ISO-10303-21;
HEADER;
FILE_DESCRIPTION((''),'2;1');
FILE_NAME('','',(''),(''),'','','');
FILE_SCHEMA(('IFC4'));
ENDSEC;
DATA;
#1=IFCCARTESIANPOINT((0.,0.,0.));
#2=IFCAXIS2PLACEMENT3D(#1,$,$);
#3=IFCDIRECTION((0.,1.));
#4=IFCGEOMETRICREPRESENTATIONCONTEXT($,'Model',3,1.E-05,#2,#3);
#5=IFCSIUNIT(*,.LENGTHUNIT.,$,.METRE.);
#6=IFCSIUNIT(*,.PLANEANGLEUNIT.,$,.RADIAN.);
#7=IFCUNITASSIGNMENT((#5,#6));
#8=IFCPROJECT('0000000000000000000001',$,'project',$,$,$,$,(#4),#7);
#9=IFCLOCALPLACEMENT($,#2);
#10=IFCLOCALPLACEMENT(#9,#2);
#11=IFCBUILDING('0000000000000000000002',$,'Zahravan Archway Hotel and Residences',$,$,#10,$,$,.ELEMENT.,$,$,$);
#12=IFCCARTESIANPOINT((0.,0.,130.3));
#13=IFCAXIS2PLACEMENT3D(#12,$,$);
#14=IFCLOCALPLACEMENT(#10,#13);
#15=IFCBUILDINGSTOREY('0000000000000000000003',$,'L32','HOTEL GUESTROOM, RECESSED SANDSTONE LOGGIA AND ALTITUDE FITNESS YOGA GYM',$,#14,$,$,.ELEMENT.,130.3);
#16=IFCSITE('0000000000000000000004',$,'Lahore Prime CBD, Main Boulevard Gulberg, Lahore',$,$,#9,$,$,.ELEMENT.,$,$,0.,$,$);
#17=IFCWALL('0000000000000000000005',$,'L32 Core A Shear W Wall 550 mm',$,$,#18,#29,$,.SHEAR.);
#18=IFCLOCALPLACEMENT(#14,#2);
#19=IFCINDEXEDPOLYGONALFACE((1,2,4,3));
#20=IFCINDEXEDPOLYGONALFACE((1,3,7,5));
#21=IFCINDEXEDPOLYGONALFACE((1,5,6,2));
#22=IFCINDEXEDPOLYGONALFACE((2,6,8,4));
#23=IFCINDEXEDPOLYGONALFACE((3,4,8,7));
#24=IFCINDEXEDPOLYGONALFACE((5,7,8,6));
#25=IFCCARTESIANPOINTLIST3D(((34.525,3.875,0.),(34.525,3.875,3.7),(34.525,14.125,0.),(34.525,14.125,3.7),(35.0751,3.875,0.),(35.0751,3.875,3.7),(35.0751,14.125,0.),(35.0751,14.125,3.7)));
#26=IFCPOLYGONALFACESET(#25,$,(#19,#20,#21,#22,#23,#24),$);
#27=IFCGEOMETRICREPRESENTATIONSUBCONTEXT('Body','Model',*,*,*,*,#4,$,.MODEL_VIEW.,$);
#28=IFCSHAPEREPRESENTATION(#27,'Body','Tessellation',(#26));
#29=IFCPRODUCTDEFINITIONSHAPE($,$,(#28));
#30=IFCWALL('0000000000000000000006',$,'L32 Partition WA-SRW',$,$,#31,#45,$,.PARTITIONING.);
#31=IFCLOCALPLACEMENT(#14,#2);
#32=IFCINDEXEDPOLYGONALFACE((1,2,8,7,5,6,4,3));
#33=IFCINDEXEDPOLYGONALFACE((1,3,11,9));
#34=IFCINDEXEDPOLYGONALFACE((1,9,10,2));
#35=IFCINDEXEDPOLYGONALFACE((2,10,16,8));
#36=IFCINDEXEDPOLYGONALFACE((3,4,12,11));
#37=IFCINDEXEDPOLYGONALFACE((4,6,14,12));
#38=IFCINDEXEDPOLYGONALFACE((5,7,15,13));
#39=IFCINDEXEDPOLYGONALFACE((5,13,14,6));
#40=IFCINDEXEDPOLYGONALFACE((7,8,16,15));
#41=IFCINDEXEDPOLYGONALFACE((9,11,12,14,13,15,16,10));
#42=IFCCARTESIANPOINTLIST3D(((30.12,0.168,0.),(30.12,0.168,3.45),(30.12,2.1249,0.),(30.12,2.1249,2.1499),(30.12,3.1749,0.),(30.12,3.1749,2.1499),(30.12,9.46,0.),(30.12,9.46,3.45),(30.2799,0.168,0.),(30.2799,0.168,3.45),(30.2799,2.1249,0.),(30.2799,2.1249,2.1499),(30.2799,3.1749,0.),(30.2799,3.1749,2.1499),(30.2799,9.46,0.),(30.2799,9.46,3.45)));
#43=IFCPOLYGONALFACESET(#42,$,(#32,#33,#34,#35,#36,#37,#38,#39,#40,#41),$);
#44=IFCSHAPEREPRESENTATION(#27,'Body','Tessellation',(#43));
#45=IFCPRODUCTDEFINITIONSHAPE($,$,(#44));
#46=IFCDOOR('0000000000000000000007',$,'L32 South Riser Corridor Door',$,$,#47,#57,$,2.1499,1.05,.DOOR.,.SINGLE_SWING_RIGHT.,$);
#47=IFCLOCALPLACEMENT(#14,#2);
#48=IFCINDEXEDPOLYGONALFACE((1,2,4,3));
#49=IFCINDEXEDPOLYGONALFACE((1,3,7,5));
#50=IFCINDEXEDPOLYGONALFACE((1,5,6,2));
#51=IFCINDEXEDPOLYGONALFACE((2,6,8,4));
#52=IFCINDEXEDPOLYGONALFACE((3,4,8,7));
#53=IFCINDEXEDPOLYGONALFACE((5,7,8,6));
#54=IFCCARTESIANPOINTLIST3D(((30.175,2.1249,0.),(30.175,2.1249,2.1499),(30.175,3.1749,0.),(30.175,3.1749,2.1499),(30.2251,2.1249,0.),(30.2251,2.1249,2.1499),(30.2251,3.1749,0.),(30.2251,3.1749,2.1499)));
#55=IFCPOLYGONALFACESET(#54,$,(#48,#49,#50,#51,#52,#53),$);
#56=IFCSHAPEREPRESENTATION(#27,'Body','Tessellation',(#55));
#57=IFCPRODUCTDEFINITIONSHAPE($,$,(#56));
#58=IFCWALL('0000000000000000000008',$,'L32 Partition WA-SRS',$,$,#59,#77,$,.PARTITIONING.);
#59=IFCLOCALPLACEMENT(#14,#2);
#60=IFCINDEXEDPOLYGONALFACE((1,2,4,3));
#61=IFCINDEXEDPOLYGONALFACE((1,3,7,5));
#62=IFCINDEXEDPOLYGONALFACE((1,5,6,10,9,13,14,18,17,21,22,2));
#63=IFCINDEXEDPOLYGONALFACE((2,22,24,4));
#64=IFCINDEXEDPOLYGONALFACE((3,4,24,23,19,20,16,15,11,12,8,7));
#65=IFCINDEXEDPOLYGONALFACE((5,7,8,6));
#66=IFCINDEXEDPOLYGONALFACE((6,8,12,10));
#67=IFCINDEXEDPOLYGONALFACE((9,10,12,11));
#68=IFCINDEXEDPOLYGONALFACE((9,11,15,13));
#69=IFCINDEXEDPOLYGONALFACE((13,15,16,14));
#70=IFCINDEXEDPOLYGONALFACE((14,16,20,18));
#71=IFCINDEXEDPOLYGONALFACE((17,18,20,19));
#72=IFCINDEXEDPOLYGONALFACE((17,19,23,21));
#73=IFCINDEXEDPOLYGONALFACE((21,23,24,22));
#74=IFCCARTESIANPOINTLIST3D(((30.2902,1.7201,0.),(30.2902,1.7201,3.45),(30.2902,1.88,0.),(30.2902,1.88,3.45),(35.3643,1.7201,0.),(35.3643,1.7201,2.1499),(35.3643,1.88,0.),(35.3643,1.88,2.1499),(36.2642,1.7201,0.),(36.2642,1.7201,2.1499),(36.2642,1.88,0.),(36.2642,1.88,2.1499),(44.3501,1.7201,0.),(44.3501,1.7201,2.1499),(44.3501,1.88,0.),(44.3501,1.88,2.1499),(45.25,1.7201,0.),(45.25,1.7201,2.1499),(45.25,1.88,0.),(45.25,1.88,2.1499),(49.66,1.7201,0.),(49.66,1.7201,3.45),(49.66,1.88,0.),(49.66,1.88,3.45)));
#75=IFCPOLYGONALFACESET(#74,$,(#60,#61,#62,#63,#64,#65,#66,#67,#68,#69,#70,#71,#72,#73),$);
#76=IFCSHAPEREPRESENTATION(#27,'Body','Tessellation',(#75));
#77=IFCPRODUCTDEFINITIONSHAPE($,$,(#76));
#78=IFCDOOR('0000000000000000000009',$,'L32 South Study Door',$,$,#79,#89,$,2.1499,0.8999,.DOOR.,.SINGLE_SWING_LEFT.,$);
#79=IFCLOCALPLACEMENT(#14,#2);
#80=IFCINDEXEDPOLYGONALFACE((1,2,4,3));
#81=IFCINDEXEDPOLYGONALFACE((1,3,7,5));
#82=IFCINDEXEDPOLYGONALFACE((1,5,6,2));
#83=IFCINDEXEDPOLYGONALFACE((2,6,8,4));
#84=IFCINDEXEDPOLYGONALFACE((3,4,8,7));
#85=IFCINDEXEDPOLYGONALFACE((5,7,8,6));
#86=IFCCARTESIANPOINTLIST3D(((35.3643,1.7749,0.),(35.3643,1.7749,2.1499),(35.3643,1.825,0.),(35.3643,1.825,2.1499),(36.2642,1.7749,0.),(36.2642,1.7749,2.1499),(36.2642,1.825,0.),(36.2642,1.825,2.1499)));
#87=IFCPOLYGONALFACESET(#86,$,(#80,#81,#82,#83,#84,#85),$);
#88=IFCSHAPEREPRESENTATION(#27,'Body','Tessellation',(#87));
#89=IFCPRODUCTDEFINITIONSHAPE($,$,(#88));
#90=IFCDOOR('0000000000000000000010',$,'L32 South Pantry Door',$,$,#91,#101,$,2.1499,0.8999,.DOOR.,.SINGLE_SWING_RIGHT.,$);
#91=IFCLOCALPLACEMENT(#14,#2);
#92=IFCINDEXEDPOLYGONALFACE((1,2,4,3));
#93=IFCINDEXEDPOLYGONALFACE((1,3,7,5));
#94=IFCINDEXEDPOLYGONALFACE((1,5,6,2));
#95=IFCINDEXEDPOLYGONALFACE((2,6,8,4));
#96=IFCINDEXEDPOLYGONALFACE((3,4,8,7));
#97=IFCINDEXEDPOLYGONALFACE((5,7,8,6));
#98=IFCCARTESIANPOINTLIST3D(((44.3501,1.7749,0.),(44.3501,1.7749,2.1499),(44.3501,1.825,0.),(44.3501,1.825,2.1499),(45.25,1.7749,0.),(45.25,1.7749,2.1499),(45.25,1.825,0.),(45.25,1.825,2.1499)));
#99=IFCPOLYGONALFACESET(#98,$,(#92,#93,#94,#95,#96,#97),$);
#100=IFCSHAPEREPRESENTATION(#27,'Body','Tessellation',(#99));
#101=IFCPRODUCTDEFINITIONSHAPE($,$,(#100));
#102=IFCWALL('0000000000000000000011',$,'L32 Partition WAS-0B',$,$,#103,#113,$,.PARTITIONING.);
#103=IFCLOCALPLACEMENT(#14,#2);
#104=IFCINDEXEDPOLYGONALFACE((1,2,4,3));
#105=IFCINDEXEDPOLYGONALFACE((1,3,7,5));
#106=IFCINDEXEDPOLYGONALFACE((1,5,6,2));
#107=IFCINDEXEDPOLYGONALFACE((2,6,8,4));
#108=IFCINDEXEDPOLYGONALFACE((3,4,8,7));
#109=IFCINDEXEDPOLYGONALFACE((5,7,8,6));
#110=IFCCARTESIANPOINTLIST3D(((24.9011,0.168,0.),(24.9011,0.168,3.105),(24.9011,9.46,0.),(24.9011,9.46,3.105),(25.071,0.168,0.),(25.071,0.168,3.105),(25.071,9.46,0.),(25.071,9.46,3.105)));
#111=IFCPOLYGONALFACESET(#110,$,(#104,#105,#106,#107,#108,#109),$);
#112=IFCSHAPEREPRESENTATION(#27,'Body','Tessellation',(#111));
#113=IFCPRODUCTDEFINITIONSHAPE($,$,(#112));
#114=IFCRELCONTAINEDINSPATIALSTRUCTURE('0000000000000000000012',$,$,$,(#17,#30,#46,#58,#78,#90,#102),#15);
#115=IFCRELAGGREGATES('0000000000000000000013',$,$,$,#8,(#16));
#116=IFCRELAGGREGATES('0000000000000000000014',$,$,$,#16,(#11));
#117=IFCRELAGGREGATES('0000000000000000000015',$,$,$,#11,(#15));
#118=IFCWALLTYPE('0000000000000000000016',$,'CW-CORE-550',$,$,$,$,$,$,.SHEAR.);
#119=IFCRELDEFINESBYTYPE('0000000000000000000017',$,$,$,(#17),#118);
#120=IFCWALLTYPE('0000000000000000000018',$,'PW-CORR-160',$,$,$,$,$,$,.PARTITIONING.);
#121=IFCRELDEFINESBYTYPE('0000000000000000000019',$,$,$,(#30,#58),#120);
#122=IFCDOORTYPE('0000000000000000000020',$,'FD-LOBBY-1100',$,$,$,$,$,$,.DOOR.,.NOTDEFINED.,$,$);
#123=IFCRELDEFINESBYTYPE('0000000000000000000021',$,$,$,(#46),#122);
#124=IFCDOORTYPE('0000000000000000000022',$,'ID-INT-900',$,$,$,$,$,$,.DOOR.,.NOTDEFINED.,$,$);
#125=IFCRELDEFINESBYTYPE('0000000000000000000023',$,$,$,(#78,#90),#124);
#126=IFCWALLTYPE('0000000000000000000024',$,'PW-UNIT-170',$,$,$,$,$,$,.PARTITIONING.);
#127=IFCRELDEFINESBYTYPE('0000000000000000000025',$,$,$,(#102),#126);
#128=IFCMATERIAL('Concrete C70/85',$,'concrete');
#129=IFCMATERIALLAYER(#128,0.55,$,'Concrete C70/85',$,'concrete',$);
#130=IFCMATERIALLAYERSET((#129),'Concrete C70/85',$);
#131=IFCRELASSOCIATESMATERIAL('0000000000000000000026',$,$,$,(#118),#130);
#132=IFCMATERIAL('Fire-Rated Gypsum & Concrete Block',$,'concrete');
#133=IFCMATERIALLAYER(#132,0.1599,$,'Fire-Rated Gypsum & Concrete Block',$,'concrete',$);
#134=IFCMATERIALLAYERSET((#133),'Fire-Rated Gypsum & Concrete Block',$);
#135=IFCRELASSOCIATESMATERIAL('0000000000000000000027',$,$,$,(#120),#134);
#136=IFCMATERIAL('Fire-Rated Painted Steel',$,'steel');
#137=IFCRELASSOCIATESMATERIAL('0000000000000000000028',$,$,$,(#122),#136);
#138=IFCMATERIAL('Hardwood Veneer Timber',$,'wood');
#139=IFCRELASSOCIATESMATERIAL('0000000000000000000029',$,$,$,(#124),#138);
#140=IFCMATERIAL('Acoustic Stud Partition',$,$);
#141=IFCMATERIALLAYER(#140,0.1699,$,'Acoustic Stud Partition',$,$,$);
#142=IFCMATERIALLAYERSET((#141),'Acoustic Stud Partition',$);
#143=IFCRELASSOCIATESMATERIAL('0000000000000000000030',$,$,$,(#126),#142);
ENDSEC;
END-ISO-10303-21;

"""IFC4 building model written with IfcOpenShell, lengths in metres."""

from ifc_helpers import new_model, si_unit, direction, frame, frame_2d, origin, place, context, subcontext, project, spatial, rectangle, extrude, source, transform, mapped, material, layer, layer_set, type_object, type_shapes, element, fill, save


model = new_model("IFC4")

# Units and contexts
model_context = context("Model", 3, precision=1e-05, world=origin(), true_north=direction((0.0, 1.0)))
body_context = subcontext(model_context, "Body", "Model", "MODEL_VIEW")
ifc_project = project(units=[si_unit("LENGTHUNIT", "METRE"), si_unit("PLANEANGLEUNIT", "RADIAN")], contexts=[model_context])

# Site, building, storey
site_placement = place(None, origin())
site = spatial("IfcSite", under=ifc_project, at=site_placement, Name="Lahore Prime CBD, Main Boulevard Gulberg, Lahore", CompositionType="ELEMENT", RefElevation=0.0)
building_placement = place(site_placement, origin())
building = spatial("IfcBuilding", under=site, at=building_placement, Name="Zahravan Archway Hotel and Residences", CompositionType="ELEMENT")
storey_placement = place(building_placement, frame((0.0, 0.0, 130.3)))
storey = spatial("IfcBuildingStorey", under=building, at=storey_placement, Name="L32", Description="HOTEL GUESTROOM, RECESSED SANDSTONE LOGGIA AND ALTITUDE FITNESS YOGA GYM", CompositionType="ELEMENT", Elevation=130.3)

# Shared definitions
ifc_material_1 = material(Name="Concrete C70/85", Category="concrete")
ifc_layer_1 = layer(ifc_material_1, 0.55, Name="Concrete C70/85", Category="concrete")
ifc_layer_set_1 = layer_set([ifc_layer_1], Name="Concrete C70/85")
wall_type_1 = type_object("IfcWallType", Name="CW-CORE-550", PredefinedType="SHEAR", material=ifc_layer_set_1)
ifc_material_2 = material(Name="Fire-Rated Painted Steel", Category="steel")

# Wall
wall_1_placement = place(storey_placement, frame((34.8, 3.875, 0.0), z_axis=(0.0, 0.0, 1.0), x_axis=(0.0, 1.0, 0.0)))
element("IfcWall", 1, at=wall_1_placement, inside=storey, type_object=wall_type_1, Name="L32 Core A Shear W Wall 550 mm", PredefinedType="SHEAR", context=body_context, shape_type="SweptSolid", body=[
    extrude(rectangle(XDim=10.25, YDim=0.55, at=frame_2d((5.125, 0.0))), origin(), (0.0, 0.0, 1.0), 3.7),
])

# Wall, opening, door
ifc_material_3 = material(Name="Fire-Rated Gypsum & Concrete Block", Category="concrete")
ifc_layer_2 = layer(ifc_material_3, 0.1599, Name="Fire-Rated Gypsum & Concrete Block", Category="concrete")
ifc_layer_set_2 = layer_set([ifc_layer_2], Name="Fire-Rated Gypsum & Concrete Block")
wall_type_2 = type_object("IfcWallType", Name="PW-CORR-160", PredefinedType="PARTITIONING", material=ifc_layer_set_2)
wall_2_placement = place(storey_placement, frame((30.2, 0.168, 0.0), z_axis=(0.0, 0.0, 1.0), x_axis=(0.0, 1.0, 0.0)))
wall_2 = element("IfcWall", 2, at=wall_2_placement, inside=storey, type_object=wall_type_2, Name="L32 Partition WA-SRW", PredefinedType="PARTITIONING", context=body_context, shape_type="SweptSolid", body=[
    extrude(rectangle(XDim=9.292, YDim=0.1599, at=frame_2d((4.646, 0.0))), origin(), (0.0, 0.0, 1.0), 3.45),
])
opening_1_placement = place(wall_2_placement, frame((1.957, 0.0, 0.0)))
opening_1 = element("IfcOpeningElement", 3, at=opening_1_placement, cuts=wall_2, PredefinedType="OPENING", context=body_context, shape_type="SweptSolid", body=[
    extrude(rectangle(XDim=1.05, YDim=2.1499, at=frame_2d((0.5249, 1.075))), frame((0.0, 0.0898, 0.0), z_axis=(0.0, -1.0, 0.0), x_axis=(1.0, 0.0, 0.0)), (0.0, 0.0, 1.0), 0.1799),
])
door_type_1 = type_object("IfcDoorType", Name="FD-LOBBY-1100", OperationType="NOTDEFINED", PredefinedType="DOOR", material=ifc_material_2)
shared_shape_1 = source(origin(), body_context, "Body", "SweptSolid", [
    extrude(rectangle(XDim=1.05, YDim=2.1499, at=frame_2d((0.5249, 1.075))), frame((0.0, 0.0249, 0.0), z_axis=(0.0, -1.0, 0.0), x_axis=(1.0, 0.0, 0.0)), (0.0, 0.0, 1.0), 0.05),
])
type_shapes(door_type_1, [shared_shape_1])
door_1_placement = place(opening_1_placement, origin())
door_1 = element("IfcDoor", 4, at=door_1_placement, inside=storey, type_object=door_type_1, Name="L32 South Riser Corridor Door", OperationType="SINGLE_SWING_RIGHT", OverallHeight=2.1499, OverallWidth=1.05, PredefinedType="DOOR", context=body_context, shape_type="MappedRepresentation", body=[
    mapped(shared_shape_1, transform((0.0, 0.0, 0.0), scale=1.0)),
])
fill(opening_1, door_1)

# Wall, openings, doors
wall_3_placement = place(storey_placement, frame((30.29, 1.8, 0.0), z_axis=(0.0, 0.0, 1.0), x_axis=(1.0, 0.0, 0.0)))
wall_3 = element("IfcWall", 5, at=wall_3_placement, inside=storey, type_object=wall_type_2, Name="L32 Partition WA-SRS", PredefinedType="PARTITIONING", context=body_context, shape_type="SweptSolid", body=[
    extrude(rectangle(XDim=19.3699, YDim=0.1599, at=frame_2d((9.6851, 0.0))), origin(), (0.0, 0.0, 1.0), 3.45),
])
opening_2_placement = place(wall_3_placement, frame((5.0742, 0.0, 0.0)))
opening_2 = element("IfcOpeningElement", 6, at=opening_2_placement, cuts=wall_3, PredefinedType="OPENING", context=body_context, shape_type="SweptSolid", body=[
    extrude(rectangle(XDim=0.8999, YDim=2.1499, at=frame_2d((0.45, 1.075))), frame((0.0, 0.0898, 0.0), z_axis=(0.0, -1.0, 0.0), x_axis=(1.0, 0.0, 0.0)), (0.0, 0.0, 1.0), 0.1799),
])
opening_3_placement = place(wall_3_placement, frame((14.0601, 0.0, 0.0)))
opening_3 = element("IfcOpeningElement", 7, at=opening_3_placement, cuts=wall_3, PredefinedType="OPENING", context=body_context, shape_type="SweptSolid", body=[
    extrude(rectangle(XDim=0.8999, YDim=2.1499, at=frame_2d((0.45, 1.075))), frame((0.0, 0.0898, 0.0), z_axis=(0.0, -1.0, 0.0), x_axis=(1.0, 0.0, 0.0)), (0.0, 0.0, 1.0), 0.1799),
])
ifc_material_4 = material(Name="Hardwood Veneer Timber", Category="wood")
door_type_2 = type_object("IfcDoorType", Name="ID-INT-900", OperationType="NOTDEFINED", PredefinedType="DOOR", material=ifc_material_4)
shared_shape_2 = source(origin(), body_context, "Body", "SweptSolid", [
    extrude(rectangle(XDim=0.8999, YDim=2.1499, at=frame_2d((0.45, 1.075))), frame((0.0, 0.0249, 0.0), z_axis=(0.0, -1.0, 0.0), x_axis=(1.0, 0.0, 0.0)), (0.0, 0.0, 1.0), 0.05),
])
type_shapes(door_type_2, [shared_shape_2])
door_2_placement = place(opening_2_placement, origin())
door_2 = element("IfcDoor", 8, at=door_2_placement, inside=storey, type_object=door_type_2, Name="L32 South Study Door", OperationType="SINGLE_SWING_LEFT", OverallHeight=2.1499, OverallWidth=0.8999, PredefinedType="DOOR", context=body_context, shape_type="MappedRepresentation", body=[
    mapped(shared_shape_2, transform((0.0, 0.0, 0.0), scale=1.0)),
])
fill(opening_2, door_2)
door_3_placement = place(opening_3_placement, origin())
door_3 = element("IfcDoor", 9, at=door_3_placement, inside=storey, type_object=door_type_2, Name="L32 South Pantry Door", OperationType="SINGLE_SWING_RIGHT", OverallHeight=2.1499, OverallWidth=0.8999, PredefinedType="DOOR", context=body_context, shape_type="MappedRepresentation", body=[
    mapped(shared_shape_2, transform((0.0, 0.0, 0.0), scale=1.0)),
])
fill(opening_3, door_3)

# Wall
ifc_material_5 = material(Name="Acoustic Stud Partition")
ifc_layer_3 = layer(ifc_material_5, 0.1699, Name="Acoustic Stud Partition")
ifc_layer_set_3 = layer_set([ifc_layer_3], Name="Acoustic Stud Partition")
wall_type_3 = type_object("IfcWallType", Name="PW-UNIT-170", PredefinedType="PARTITIONING", material=ifc_layer_set_3)
wall_4_placement = place(storey_placement, frame((24.9861, 0.168, 0.0), z_axis=(0.0, 0.0, 1.0), x_axis=(0.0, 1.0, 0.0)))
element("IfcWall", 10, at=wall_4_placement, inside=storey, type_object=wall_type_3, Name="L32 Partition WAS-0B", PredefinedType="PARTITIONING", context=body_context, shape_type="SweptSolid", body=[
    extrude(rectangle(XDim=9.292, YDim=0.1699, at=frame_2d((4.646, 0.0))), origin(), (0.0, 0.0, 1.0), 3.105),
])

save(model, "model.ifc")
